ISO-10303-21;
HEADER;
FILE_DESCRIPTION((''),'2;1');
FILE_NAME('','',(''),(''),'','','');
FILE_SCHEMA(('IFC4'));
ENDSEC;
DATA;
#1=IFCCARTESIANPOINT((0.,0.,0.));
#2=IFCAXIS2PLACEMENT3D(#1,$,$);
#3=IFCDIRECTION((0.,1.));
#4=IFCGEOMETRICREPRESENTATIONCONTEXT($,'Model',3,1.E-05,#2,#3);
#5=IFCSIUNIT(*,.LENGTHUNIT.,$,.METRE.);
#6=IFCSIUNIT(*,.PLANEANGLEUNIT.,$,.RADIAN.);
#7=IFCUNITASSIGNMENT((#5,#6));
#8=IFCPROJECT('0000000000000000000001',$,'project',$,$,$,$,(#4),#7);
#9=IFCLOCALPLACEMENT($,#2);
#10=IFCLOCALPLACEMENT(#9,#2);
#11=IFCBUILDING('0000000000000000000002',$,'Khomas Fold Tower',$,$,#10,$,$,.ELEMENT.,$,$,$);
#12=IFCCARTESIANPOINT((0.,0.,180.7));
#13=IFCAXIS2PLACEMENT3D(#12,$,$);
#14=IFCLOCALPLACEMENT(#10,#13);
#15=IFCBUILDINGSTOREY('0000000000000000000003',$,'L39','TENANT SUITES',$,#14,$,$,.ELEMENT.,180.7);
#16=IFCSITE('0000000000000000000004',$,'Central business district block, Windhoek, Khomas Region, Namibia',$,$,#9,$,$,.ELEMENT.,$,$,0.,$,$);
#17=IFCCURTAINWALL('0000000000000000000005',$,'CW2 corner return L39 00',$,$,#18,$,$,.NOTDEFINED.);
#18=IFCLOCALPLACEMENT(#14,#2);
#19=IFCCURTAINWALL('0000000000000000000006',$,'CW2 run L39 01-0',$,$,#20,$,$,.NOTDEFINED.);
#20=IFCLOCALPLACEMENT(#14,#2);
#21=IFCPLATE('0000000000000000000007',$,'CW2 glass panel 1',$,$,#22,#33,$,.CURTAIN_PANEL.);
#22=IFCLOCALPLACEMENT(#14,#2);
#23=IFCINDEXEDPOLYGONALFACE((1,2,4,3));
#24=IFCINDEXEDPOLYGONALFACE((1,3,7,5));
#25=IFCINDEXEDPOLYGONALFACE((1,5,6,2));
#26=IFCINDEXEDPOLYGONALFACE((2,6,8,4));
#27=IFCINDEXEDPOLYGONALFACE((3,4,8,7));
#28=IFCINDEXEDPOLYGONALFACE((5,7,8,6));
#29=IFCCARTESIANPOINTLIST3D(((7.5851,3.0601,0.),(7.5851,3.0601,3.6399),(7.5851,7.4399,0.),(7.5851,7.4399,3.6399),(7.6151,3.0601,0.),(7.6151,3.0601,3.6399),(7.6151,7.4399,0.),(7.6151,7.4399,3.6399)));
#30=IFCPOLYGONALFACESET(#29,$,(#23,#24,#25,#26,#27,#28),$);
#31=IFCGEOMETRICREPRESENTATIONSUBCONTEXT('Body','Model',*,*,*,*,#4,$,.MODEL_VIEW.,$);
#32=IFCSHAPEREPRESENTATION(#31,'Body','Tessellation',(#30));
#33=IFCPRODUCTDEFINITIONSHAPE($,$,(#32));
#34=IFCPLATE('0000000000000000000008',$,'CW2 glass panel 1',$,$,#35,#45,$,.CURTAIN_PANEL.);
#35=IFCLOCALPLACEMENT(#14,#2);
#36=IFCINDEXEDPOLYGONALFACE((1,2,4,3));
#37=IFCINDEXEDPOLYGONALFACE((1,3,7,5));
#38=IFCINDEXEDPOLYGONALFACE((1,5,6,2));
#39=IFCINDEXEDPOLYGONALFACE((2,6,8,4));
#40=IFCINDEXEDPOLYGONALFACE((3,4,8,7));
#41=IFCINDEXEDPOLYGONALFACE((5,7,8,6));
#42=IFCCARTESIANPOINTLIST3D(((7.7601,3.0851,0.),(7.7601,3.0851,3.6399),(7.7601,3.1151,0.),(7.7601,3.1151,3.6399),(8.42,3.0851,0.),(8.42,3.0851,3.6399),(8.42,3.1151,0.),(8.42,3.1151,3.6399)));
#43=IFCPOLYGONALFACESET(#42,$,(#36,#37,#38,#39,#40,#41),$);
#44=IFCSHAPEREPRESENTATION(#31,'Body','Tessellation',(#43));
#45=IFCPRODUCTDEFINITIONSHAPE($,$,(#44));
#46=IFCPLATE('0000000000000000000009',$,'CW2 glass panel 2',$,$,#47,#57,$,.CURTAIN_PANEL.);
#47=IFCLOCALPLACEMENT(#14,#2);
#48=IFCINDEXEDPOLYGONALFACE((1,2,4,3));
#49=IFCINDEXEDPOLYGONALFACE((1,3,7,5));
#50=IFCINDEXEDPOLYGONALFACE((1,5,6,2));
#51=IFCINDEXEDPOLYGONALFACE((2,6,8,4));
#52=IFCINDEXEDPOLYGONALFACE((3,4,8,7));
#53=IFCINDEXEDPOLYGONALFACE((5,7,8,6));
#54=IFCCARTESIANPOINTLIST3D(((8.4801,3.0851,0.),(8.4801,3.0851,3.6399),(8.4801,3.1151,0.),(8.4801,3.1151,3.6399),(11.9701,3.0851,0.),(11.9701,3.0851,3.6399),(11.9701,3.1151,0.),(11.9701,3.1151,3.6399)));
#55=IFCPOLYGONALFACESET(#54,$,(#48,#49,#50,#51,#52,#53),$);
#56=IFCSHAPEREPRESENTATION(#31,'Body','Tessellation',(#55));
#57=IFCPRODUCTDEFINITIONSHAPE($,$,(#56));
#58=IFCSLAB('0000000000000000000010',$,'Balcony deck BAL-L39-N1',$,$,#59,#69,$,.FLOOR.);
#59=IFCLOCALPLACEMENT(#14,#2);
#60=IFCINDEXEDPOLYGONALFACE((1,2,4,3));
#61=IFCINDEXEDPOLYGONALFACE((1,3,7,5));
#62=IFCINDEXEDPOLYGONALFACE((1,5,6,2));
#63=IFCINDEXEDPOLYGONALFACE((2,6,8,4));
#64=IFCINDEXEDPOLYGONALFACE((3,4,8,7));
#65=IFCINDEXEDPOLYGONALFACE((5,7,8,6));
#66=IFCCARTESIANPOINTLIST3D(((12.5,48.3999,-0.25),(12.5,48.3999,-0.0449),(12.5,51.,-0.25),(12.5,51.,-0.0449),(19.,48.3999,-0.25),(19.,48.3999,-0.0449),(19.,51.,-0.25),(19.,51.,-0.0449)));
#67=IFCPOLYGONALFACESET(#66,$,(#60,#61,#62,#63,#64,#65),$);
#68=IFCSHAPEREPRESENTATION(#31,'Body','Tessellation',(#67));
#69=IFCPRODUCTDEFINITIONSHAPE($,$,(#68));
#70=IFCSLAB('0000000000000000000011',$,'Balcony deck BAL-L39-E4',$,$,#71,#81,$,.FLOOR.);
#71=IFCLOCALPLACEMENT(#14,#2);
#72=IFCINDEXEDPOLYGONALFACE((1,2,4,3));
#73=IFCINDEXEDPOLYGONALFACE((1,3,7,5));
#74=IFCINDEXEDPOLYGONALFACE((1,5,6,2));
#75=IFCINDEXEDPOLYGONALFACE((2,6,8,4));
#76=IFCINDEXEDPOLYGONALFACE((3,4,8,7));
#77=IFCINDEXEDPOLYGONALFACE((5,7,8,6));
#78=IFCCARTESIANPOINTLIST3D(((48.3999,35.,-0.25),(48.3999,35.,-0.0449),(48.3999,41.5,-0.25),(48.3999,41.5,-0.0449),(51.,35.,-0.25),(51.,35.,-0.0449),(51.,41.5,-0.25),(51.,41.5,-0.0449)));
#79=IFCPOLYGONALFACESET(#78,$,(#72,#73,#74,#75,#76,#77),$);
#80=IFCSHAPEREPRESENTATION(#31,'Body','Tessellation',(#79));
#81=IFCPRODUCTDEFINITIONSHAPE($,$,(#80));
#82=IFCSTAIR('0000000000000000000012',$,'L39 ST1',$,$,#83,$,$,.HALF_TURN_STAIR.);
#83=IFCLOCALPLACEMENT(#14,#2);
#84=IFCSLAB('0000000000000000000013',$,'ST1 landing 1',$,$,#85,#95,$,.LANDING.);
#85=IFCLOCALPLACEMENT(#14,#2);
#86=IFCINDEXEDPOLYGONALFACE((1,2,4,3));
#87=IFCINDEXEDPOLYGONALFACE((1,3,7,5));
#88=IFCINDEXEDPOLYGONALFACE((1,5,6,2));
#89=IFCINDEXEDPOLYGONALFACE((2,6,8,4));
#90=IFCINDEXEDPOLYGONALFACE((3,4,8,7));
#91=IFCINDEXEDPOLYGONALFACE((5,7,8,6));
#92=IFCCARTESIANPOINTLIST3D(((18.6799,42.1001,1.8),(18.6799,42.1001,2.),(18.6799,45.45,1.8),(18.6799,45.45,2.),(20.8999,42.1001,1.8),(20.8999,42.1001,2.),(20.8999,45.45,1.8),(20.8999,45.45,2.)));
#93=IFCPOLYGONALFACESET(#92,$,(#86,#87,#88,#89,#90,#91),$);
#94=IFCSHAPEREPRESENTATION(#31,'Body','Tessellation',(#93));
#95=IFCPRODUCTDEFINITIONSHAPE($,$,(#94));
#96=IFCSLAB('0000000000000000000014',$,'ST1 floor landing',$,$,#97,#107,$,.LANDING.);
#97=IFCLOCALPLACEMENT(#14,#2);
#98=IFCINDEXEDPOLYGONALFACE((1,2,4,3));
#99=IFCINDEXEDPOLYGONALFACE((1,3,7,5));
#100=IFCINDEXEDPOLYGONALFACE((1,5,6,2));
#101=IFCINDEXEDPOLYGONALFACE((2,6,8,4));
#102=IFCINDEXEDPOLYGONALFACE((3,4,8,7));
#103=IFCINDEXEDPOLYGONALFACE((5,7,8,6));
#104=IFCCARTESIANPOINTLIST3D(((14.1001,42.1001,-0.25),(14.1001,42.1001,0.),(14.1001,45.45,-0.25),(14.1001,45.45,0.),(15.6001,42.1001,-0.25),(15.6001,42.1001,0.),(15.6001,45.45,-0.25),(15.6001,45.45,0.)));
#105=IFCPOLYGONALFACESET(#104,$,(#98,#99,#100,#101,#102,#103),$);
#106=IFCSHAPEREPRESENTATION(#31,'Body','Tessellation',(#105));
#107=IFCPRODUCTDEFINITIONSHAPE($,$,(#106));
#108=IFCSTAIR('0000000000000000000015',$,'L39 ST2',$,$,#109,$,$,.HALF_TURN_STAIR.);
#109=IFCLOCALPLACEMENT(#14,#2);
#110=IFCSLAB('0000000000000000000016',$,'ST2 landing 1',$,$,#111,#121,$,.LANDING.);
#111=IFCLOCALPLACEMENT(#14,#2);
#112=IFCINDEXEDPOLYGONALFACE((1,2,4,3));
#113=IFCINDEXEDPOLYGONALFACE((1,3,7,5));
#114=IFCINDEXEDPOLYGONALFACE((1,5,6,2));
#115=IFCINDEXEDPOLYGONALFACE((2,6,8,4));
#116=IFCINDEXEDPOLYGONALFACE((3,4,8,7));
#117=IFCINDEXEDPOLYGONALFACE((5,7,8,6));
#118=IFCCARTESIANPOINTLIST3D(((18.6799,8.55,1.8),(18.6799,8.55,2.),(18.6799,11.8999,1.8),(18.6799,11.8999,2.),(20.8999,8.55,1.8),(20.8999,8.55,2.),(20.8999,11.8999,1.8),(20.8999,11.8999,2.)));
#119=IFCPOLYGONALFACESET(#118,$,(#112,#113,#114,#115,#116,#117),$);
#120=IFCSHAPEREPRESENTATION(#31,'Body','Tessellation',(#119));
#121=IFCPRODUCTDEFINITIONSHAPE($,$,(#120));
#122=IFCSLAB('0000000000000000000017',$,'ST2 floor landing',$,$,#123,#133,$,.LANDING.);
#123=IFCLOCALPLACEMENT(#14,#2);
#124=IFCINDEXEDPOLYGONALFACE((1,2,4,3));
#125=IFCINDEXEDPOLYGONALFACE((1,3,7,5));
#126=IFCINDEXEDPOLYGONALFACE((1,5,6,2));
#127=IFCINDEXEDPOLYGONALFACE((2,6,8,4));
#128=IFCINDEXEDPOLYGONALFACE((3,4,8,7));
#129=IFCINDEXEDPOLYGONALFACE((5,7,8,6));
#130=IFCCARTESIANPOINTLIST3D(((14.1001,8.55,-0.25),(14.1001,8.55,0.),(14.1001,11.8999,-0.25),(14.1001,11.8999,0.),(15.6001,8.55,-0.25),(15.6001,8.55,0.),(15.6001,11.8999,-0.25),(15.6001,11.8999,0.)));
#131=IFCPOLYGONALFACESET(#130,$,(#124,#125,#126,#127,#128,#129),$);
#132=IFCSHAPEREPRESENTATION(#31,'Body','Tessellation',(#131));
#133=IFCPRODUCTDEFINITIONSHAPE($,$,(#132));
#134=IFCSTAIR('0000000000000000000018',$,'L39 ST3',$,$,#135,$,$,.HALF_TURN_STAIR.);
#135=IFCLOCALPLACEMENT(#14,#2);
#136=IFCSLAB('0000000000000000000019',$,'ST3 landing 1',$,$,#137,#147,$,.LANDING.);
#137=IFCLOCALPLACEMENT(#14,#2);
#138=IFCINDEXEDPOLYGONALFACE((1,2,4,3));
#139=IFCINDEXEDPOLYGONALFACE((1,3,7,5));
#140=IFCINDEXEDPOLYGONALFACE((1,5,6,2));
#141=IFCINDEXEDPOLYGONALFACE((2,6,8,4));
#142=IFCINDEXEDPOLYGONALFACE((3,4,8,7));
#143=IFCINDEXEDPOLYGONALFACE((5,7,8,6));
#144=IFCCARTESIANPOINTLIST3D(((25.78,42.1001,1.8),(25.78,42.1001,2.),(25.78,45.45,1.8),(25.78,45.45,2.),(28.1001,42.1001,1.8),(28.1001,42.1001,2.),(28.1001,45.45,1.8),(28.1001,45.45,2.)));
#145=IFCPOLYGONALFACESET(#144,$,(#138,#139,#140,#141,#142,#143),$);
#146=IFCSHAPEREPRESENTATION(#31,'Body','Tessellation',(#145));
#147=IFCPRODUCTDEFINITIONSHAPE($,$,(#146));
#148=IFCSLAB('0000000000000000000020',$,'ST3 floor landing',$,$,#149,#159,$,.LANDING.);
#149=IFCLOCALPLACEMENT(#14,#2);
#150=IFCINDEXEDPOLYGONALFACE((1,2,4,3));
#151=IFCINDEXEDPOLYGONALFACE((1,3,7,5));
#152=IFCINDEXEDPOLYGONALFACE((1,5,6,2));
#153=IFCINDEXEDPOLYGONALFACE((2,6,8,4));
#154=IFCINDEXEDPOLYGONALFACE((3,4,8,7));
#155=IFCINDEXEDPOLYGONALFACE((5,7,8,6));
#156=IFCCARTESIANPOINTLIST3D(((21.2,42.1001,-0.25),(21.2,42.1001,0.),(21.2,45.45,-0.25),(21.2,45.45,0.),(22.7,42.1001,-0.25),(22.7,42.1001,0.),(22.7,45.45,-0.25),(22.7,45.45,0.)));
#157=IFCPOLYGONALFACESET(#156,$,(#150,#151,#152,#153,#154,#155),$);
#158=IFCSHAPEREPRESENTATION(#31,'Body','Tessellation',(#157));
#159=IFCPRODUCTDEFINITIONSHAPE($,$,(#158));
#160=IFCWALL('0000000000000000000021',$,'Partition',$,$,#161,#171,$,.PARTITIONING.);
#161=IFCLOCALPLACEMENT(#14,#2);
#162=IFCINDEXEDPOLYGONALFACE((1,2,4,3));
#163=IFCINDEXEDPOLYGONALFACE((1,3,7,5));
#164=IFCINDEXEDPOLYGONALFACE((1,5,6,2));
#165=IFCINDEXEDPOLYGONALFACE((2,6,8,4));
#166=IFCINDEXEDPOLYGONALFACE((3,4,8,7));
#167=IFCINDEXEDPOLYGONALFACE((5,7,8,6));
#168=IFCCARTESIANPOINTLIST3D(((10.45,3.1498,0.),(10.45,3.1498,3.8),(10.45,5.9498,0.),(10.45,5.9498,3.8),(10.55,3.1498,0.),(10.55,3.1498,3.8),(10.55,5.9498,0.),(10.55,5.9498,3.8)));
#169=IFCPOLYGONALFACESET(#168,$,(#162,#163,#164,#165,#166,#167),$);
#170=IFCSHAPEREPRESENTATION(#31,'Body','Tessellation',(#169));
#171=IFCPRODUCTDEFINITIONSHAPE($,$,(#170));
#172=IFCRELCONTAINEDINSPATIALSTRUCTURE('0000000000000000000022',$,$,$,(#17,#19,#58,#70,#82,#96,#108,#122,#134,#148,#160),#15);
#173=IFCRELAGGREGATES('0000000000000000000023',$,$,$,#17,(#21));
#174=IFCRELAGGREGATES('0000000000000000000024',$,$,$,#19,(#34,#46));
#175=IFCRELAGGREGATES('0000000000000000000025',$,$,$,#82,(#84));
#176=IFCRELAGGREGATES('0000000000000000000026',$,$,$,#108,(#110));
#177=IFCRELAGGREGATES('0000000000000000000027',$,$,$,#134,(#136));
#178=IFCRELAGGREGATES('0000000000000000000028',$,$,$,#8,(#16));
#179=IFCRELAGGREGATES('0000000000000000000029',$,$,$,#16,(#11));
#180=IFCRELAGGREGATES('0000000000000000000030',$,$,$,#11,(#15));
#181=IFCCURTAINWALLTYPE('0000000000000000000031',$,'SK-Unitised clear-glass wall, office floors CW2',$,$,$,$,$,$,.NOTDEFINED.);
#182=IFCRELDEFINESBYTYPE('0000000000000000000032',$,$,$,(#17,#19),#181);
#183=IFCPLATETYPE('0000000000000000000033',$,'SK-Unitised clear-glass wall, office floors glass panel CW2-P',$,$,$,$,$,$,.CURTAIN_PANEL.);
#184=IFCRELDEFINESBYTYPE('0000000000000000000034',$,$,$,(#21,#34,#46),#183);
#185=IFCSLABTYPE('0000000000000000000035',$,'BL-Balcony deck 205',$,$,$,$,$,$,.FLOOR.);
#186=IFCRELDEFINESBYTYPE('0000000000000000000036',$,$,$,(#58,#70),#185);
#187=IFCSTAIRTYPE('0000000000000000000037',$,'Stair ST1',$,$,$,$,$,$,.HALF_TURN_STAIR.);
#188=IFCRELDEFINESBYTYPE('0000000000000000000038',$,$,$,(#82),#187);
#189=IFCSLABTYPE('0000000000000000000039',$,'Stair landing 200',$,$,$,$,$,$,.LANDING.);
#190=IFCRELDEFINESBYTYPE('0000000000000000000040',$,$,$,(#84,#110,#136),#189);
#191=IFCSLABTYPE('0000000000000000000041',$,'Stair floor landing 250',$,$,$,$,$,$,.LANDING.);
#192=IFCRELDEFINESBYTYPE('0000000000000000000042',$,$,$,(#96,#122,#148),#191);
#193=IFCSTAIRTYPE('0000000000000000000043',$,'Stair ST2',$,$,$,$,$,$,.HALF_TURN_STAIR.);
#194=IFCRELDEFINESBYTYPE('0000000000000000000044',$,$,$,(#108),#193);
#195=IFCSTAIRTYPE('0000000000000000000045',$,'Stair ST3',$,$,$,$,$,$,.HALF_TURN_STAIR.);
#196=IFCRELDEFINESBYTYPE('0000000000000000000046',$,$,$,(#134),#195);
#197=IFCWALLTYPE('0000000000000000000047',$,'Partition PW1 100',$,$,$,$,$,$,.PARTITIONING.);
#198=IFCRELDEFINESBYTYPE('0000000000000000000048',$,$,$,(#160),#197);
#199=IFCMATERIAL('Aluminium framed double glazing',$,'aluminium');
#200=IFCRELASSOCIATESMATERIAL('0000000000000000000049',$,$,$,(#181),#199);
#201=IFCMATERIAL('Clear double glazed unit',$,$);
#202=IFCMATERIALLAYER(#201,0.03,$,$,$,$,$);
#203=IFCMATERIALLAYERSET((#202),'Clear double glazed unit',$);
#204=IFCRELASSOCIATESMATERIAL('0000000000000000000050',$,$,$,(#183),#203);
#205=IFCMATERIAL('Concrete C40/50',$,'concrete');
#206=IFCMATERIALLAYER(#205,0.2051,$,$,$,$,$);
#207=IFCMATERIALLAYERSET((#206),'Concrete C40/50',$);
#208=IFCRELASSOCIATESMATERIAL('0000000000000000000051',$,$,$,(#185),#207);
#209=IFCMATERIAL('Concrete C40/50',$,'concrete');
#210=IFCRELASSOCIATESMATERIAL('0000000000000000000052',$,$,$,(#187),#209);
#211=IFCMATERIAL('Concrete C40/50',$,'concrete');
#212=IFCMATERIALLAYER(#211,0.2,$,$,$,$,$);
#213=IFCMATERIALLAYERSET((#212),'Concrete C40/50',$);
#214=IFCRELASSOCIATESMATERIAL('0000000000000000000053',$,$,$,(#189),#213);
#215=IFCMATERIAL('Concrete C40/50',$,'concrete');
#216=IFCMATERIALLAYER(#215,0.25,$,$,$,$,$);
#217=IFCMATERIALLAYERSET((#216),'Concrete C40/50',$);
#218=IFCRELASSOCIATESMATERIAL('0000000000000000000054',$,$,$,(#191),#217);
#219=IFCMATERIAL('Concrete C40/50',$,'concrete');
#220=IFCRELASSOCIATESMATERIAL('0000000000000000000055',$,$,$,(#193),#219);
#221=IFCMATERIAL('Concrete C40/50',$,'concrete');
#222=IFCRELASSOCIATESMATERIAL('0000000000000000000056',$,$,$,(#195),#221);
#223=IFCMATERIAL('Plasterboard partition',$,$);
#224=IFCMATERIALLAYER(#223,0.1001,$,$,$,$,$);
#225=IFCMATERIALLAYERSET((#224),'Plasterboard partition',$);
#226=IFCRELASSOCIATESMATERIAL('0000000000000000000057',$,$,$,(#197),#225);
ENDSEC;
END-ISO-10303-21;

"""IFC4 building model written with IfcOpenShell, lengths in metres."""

from ifc_helpers import new_model, si_unit, direction, frame, frame_2d, origin, origin_2d, place, context, subcontext, project, spatial, polyline, rectangle, outline, extrude, source, transform, mapped, material, layer, layer_set, type_object, element, aggregate, save


model = new_model("IFC4")

# Units and contexts
model_context = context("Model", 3, precision=1e-05, world=origin(), true_north=direction((0.0, 1.0)))
body_context = subcontext(model_context, "Body", "Model", "MODEL_VIEW")
ifc_project = project(units=[si_unit("LENGTHUNIT", "METRE"), si_unit("PLANEANGLEUNIT", "RADIAN")], contexts=[model_context])

# Site, building, storey
site_placement = place(None, origin())
site = spatial("IfcSite", under=ifc_project, at=site_placement, Name="Central business district block, Windhoek, Khomas Region, Namibia", CompositionType="ELEMENT", RefElevation=0.0)
building_placement = place(site_placement, origin())
building = spatial("IfcBuilding", under=site, at=building_placement, Name="Khomas Fold Tower", CompositionType="ELEMENT")
storey_placement = place(building_placement, frame((0.0, 0.0, 180.7)))
storey = spatial("IfcBuildingStorey", under=building, at=storey_placement, Name="L39", Description="TENANT SUITES", CompositionType="ELEMENT", Elevation=180.7)

# Curtain wall
ifc_material_1 = material(Name="Aluminium framed double glazing", Category="aluminium")
curtain_wall_type = type_object("IfcCurtainWallType", Name="SK-Unitised clear-glass wall, office floors CW2", PredefinedType="NOTDEFINED", material=ifc_material_1)
curtain_wall_1_placement = place(storey_placement, origin())
curtain_wall_1 = element("IfcCurtainWall", 1, at=curtain_wall_1_placement, inside=storey, type_object=curtain_wall_type, Name="CW2 corner return L39 00", PredefinedType="NOTDEFINED")

# Curtain wall
curtain_wall_2_placement = place(storey_placement, origin())
curtain_wall_2 = element("IfcCurtainWall", 2, at=curtain_wall_2_placement, inside=storey, type_object=curtain_wall_type, Name="CW2 run L39 01-0", PredefinedType="NOTDEFINED")

# Plates
ifc_material_2 = material(Name="Clear double glazed unit")
ifc_layer_1 = layer(ifc_material_2, 0.03)
ifc_layer_set_1 = layer_set([ifc_layer_1], Name="Clear double glazed unit")
plate_type_1 = type_object("IfcPlateType", Name="SK-Unitised clear-glass wall, office floors glass panel CW2-P", PredefinedType="CURTAIN_PANEL", material=ifc_layer_set_1)
shared_shape_1 = source(origin(), body_context, "Body", "SweptSolid", [
    extrude(rectangle(XDim=4.3799, YDim=0.03, at=origin_2d()), origin(), (0.0, 0.0, 1.0), 3.6399),
])
plate_1_placement = place(storey_placement, frame((7.6001, 5.25, 0.0), z_axis=(0.0, 0.0, 1.0), x_axis=(0.0, -1.0, 0.0)))
plate_1 = element("IfcPlate", 3, at=plate_1_placement, type_object=plate_type_1, Name="CW2 glass panel 1", PredefinedType="CURTAIN_PANEL", context=body_context, shape_type="MappedRepresentation", body=[
    mapped(shared_shape_1, transform((0.0, 0.0, 0.0))),
])
aggregate(curtain_wall_1, [plate_1])
shared_shape_2 = source(origin(), body_context, "Body", "SweptSolid", [
    extrude(rectangle(XDim=0.6599, YDim=0.03, at=origin_2d()), origin(), (0.0, 0.0, 1.0), 3.6399),
])
plate_2_placement = place(storey_placement, frame((8.0901, 3.1001, 0.0), z_axis=(0.0, 0.0, 1.0), x_axis=(1.0, 0.0, 0.0)))
plate_2 = element("IfcPlate", 4, at=plate_2_placement, type_object=plate_type_1, Name="CW2 glass panel 1", PredefinedType="CURTAIN_PANEL", context=body_context, shape_type="MappedRepresentation", body=[
    mapped(shared_shape_2, transform((0.0, 0.0, 0.0))),
])
shared_shape_3 = source(origin(), body_context, "Body", "SweptSolid", [
    extrude(rectangle(XDim=3.49, YDim=0.03, at=origin_2d()), origin(), (0.0, 0.0, 1.0), 3.6399),
])
plate_3_placement = place(storey_placement, frame((10.2251, 3.1001, 0.0), z_axis=(0.0, 0.0, 1.0), x_axis=(1.0, 0.0, 0.0)))
plate_3 = element("IfcPlate", 5, at=plate_3_placement, type_object=plate_type_1, Name="CW2 glass panel 2", PredefinedType="CURTAIN_PANEL", context=body_context, shape_type="MappedRepresentation", body=[
    mapped(shared_shape_3, transform((0.0, 0.0, 0.0))),
])
aggregate(curtain_wall_2, [plate_2, plate_3])

# Slabs
ifc_material_3 = material(Name="Concrete C40/50", Category="concrete")
ifc_layer_2 = layer(ifc_material_3, 0.2051)
ifc_layer_set_2 = layer_set([ifc_layer_2], Name="Concrete C40/50")
slab_type_1 = type_object("IfcSlabType", Name="BL-Balcony deck 205", PredefinedType="FLOOR", material=ifc_layer_set_2)
shared_shape_4 = source(origin(), body_context, "Body", "SweptSolid", [
    extrude(outline(polyline([(12.5, 48.3999), (19.0, 48.3999), (19.0, 51.0), (12.5, 51.0), (12.5, 48.3999)])), origin(), (0.0, 0.0, 1.0), 0.2051),
])
slab_1_placement = place(storey_placement, frame((0.0, 0.0, -0.25)))
element("IfcSlab", 6, at=slab_1_placement, inside=storey, type_object=slab_type_1, Name="Balcony deck BAL-L39-N1", PredefinedType="FLOOR", context=body_context, shape_type="MappedRepresentation", body=[
    mapped(shared_shape_4, transform((0.0, 0.0, 0.0))),
])
shared_shape_5 = source(origin(), body_context, "Body", "SweptSolid", [
    extrude(outline(polyline([(48.3999, 35.0), (51.0, 35.0), (51.0, 41.5), (48.3999, 41.5), (48.3999, 35.0)])), origin(), (0.0, 0.0, 1.0), 0.2051),
])
slab_2_placement = place(storey_placement, frame((0.0, 0.0, -0.25)))
element("IfcSlab", 7, at=slab_2_placement, inside=storey, type_object=slab_type_1, Name="Balcony deck BAL-L39-E4", PredefinedType="FLOOR", context=body_context, shape_type="MappedRepresentation", body=[
    mapped(shared_shape_5, transform((0.0, 0.0, 0.0))),
])

# Stair, slab
ifc_material_4 = material(Name="Concrete C40/50", Category="concrete")
stair_type_1 = type_object("IfcStairType", Name="Stair ST1", PredefinedType="HALF_TURN_STAIR", material=ifc_material_4)
stair_1_placement = place(storey_placement, origin())
stair_1 = element("IfcStair", 8, at=stair_1_placement, inside=storey, type_object=stair_type_1, Name="L39 ST1", PredefinedType="HALF_TURN_STAIR")
ifc_material_5 = material(Name="Concrete C40/50", Category="concrete")
ifc_layer_3 = layer(ifc_material_5, 0.2)
ifc_layer_set_3 = layer_set([ifc_layer_3], Name="Concrete C40/50")
slab_type_2 = type_object("IfcSlabType", Name="Stair landing 200", PredefinedType="LANDING", material=ifc_layer_set_3)
shared_shape_6 = source(origin(), body_context, "Body", "SweptSolid", [
    extrude(outline(polyline([(18.6799, 42.1001), (20.8999, 42.1001), (20.8999, 45.45), (18.6799, 45.45), (18.6799, 42.1001)])), origin(), (0.0, 0.0, 1.0), 0.2),
])
slab_3_placement = place(storey_placement, frame((0.0, 0.0, 1.8)))
slab_3 = element("IfcSlab", 9, at=slab_3_placement, type_object=slab_type_2, Name="ST1 landing 1", PredefinedType="LANDING", context=body_context, shape_type="MappedRepresentation", body=[
    mapped(shared_shape_6, transform((0.0, 0.0, 0.0))),
])
aggregate(stair_1, [slab_3])

# Slab
ifc_material_6 = material(Name="Concrete C40/50", Category="concrete")
ifc_layer_4 = layer(ifc_material_6, 0.25)
ifc_layer_set_4 = layer_set([ifc_layer_4], Name="Concrete C40/50")
slab_type_3 = type_object("IfcSlabType", Name="Stair floor landing 250", PredefinedType="LANDING", material=ifc_layer_set_4)
shared_shape_7 = source(origin(), body_context, "Body", "SweptSolid", [
    extrude(outline(polyline([(15.6001, 42.1001), (14.1001, 42.1001), (14.1001, 45.45), (15.6001, 45.45), (15.6001, 42.1001)])), origin(), (0.0, 0.0, 1.0), 0.25),
])
slab_4_placement = place(storey_placement, frame((0.0, 0.0, -0.25)))
element("IfcSlab", 10, at=slab_4_placement, inside=storey, type_object=slab_type_3, Name="ST1 floor landing", PredefinedType="LANDING", context=body_context, shape_type="MappedRepresentation", body=[
    mapped(shared_shape_7, transform((0.0, 0.0, 0.0))),
])

# Stair, slab
ifc_material_7 = material(Name="Concrete C40/50", Category="concrete")
stair_type_2 = type_object("IfcStairType", Name="Stair ST2", PredefinedType="HALF_TURN_STAIR", material=ifc_material_7)
stair_2_placement = place(storey_placement, origin())
stair_2 = element("IfcStair", 11, at=stair_2_placement, inside=storey, type_object=stair_type_2, Name="L39 ST2", PredefinedType="HALF_TURN_STAIR")
shared_shape_8 = source(origin(), body_context, "Body", "SweptSolid", [
    extrude(outline(polyline([(18.6799, 8.55), (20.8999, 8.55), (20.8999, 11.8999), (18.6799, 11.8999), (18.6799, 8.55)])), origin(), (0.0, 0.0, 1.0), 0.2),
])
slab_5_placement = place(storey_placement, frame((0.0, 0.0, 1.8)))
slab_5 = element("IfcSlab", 12, at=slab_5_placement, type_object=slab_type_2, Name="ST2 landing 1", PredefinedType="LANDING", context=body_context, shape_type="MappedRepresentation", body=[
    mapped(shared_shape_8, transform((0.0, 0.0, 0.0))),
])
aggregate(stair_2, [slab_5])

# Slab
shared_shape_9 = source(origin(), body_context, "Body", "SweptSolid", [
    extrude(outline(polyline([(15.6001, 8.55), (14.1001, 8.55), (14.1001, 11.8999), (15.6001, 11.8999), (15.6001, 8.55)])), origin(), (0.0, 0.0, 1.0), 0.25),
])
slab_6_placement = place(storey_placement, frame((0.0, 0.0, -0.25)))
element("IfcSlab", 13, at=slab_6_placement, inside=storey, type_object=slab_type_3, Name="ST2 floor landing", PredefinedType="LANDING", context=body_context, shape_type="MappedRepresentation", body=[
    mapped(shared_shape_9, transform((0.0, 0.0, 0.0))),
])

# Stair, slab
ifc_material_8 = material(Name="Concrete C40/50", Category="concrete")
stair_type_3 = type_object("IfcStairType", Name="Stair ST3", PredefinedType="HALF_TURN_STAIR", material=ifc_material_8)
stair_3_placement = place(storey_placement, origin())
stair_3 = element("IfcStair", 14, at=stair_3_placement, inside=storey, type_object=stair_type_3, Name="L39 ST3", PredefinedType="HALF_TURN_STAIR")
shared_shape_10 = source(origin(), body_context, "Body", "SweptSolid", [
    extrude(outline(polyline([(25.78, 42.1001), (28.1001, 42.1001), (28.1001, 45.45), (25.78, 45.45), (25.78, 42.1001)])), origin(), (0.0, 0.0, 1.0), 0.2),
])
slab_7_placement = place(storey_placement, frame((0.0, 0.0, 1.8)))
slab_7 = element("IfcSlab", 15, at=slab_7_placement, type_object=slab_type_2, Name="ST3 landing 1", PredefinedType="LANDING", context=body_context, shape_type="MappedRepresentation", body=[
    mapped(shared_shape_10, transform((0.0, 0.0, 0.0))),
])
aggregate(stair_3, [slab_7])

# Slab
shared_shape_11 = source(origin(), body_context, "Body", "SweptSolid", [
    extrude(outline(polyline([(22.7, 42.1001), (21.2, 42.1001), (21.2, 45.45), (22.7, 45.45), (22.7, 42.1001)])), origin(), (0.0, 0.0, 1.0), 0.25),
])
slab_8_placement = place(storey_placement, frame((0.0, 0.0, -0.25)))
element("IfcSlab", 16, at=slab_8_placement, inside=storey, type_object=slab_type_3, Name="ST3 floor landing", PredefinedType="LANDING", context=body_context, shape_type="MappedRepresentation", body=[
    mapped(shared_shape_11, transform((0.0, 0.0, 0.0))),
])

# Wall
ifc_material_9 = material(Name="Plasterboard partition")
ifc_layer_5 = layer(ifc_material_9, 0.1001)
ifc_layer_set_5 = layer_set([ifc_layer_5], Name="Plasterboard partition")
wall_type_1 = type_object("IfcWallType", Name="Partition PW1 100", PredefinedType="PARTITIONING", material=ifc_layer_set_5)
shared_shape_12 = source(origin(), body_context, "Body", "SweptSolid", [
    extrude(rectangle(XDim=2.8, YDim=0.1001, at=frame_2d((1.3999, 0.0))), origin(), (0.0, 0.0, 1.0), 3.8),
])
wall_1_placement = place(storey_placement, frame((10.5, 3.1499, 0.0), z_axis=(0.0, 0.0, 1.0), x_axis=(0.0, 1.0, 0.0)))
element("IfcWall", 17, at=wall_1_placement, inside=storey, type_object=wall_type_1, Name="Partition", PredefinedType="PARTITIONING", context=body_context, shape_type="MappedRepresentation", body=[
    mapped(shared_shape_12, transform((0.0, 0.0, 0.0))),
])

save(model, "model.ifc")
